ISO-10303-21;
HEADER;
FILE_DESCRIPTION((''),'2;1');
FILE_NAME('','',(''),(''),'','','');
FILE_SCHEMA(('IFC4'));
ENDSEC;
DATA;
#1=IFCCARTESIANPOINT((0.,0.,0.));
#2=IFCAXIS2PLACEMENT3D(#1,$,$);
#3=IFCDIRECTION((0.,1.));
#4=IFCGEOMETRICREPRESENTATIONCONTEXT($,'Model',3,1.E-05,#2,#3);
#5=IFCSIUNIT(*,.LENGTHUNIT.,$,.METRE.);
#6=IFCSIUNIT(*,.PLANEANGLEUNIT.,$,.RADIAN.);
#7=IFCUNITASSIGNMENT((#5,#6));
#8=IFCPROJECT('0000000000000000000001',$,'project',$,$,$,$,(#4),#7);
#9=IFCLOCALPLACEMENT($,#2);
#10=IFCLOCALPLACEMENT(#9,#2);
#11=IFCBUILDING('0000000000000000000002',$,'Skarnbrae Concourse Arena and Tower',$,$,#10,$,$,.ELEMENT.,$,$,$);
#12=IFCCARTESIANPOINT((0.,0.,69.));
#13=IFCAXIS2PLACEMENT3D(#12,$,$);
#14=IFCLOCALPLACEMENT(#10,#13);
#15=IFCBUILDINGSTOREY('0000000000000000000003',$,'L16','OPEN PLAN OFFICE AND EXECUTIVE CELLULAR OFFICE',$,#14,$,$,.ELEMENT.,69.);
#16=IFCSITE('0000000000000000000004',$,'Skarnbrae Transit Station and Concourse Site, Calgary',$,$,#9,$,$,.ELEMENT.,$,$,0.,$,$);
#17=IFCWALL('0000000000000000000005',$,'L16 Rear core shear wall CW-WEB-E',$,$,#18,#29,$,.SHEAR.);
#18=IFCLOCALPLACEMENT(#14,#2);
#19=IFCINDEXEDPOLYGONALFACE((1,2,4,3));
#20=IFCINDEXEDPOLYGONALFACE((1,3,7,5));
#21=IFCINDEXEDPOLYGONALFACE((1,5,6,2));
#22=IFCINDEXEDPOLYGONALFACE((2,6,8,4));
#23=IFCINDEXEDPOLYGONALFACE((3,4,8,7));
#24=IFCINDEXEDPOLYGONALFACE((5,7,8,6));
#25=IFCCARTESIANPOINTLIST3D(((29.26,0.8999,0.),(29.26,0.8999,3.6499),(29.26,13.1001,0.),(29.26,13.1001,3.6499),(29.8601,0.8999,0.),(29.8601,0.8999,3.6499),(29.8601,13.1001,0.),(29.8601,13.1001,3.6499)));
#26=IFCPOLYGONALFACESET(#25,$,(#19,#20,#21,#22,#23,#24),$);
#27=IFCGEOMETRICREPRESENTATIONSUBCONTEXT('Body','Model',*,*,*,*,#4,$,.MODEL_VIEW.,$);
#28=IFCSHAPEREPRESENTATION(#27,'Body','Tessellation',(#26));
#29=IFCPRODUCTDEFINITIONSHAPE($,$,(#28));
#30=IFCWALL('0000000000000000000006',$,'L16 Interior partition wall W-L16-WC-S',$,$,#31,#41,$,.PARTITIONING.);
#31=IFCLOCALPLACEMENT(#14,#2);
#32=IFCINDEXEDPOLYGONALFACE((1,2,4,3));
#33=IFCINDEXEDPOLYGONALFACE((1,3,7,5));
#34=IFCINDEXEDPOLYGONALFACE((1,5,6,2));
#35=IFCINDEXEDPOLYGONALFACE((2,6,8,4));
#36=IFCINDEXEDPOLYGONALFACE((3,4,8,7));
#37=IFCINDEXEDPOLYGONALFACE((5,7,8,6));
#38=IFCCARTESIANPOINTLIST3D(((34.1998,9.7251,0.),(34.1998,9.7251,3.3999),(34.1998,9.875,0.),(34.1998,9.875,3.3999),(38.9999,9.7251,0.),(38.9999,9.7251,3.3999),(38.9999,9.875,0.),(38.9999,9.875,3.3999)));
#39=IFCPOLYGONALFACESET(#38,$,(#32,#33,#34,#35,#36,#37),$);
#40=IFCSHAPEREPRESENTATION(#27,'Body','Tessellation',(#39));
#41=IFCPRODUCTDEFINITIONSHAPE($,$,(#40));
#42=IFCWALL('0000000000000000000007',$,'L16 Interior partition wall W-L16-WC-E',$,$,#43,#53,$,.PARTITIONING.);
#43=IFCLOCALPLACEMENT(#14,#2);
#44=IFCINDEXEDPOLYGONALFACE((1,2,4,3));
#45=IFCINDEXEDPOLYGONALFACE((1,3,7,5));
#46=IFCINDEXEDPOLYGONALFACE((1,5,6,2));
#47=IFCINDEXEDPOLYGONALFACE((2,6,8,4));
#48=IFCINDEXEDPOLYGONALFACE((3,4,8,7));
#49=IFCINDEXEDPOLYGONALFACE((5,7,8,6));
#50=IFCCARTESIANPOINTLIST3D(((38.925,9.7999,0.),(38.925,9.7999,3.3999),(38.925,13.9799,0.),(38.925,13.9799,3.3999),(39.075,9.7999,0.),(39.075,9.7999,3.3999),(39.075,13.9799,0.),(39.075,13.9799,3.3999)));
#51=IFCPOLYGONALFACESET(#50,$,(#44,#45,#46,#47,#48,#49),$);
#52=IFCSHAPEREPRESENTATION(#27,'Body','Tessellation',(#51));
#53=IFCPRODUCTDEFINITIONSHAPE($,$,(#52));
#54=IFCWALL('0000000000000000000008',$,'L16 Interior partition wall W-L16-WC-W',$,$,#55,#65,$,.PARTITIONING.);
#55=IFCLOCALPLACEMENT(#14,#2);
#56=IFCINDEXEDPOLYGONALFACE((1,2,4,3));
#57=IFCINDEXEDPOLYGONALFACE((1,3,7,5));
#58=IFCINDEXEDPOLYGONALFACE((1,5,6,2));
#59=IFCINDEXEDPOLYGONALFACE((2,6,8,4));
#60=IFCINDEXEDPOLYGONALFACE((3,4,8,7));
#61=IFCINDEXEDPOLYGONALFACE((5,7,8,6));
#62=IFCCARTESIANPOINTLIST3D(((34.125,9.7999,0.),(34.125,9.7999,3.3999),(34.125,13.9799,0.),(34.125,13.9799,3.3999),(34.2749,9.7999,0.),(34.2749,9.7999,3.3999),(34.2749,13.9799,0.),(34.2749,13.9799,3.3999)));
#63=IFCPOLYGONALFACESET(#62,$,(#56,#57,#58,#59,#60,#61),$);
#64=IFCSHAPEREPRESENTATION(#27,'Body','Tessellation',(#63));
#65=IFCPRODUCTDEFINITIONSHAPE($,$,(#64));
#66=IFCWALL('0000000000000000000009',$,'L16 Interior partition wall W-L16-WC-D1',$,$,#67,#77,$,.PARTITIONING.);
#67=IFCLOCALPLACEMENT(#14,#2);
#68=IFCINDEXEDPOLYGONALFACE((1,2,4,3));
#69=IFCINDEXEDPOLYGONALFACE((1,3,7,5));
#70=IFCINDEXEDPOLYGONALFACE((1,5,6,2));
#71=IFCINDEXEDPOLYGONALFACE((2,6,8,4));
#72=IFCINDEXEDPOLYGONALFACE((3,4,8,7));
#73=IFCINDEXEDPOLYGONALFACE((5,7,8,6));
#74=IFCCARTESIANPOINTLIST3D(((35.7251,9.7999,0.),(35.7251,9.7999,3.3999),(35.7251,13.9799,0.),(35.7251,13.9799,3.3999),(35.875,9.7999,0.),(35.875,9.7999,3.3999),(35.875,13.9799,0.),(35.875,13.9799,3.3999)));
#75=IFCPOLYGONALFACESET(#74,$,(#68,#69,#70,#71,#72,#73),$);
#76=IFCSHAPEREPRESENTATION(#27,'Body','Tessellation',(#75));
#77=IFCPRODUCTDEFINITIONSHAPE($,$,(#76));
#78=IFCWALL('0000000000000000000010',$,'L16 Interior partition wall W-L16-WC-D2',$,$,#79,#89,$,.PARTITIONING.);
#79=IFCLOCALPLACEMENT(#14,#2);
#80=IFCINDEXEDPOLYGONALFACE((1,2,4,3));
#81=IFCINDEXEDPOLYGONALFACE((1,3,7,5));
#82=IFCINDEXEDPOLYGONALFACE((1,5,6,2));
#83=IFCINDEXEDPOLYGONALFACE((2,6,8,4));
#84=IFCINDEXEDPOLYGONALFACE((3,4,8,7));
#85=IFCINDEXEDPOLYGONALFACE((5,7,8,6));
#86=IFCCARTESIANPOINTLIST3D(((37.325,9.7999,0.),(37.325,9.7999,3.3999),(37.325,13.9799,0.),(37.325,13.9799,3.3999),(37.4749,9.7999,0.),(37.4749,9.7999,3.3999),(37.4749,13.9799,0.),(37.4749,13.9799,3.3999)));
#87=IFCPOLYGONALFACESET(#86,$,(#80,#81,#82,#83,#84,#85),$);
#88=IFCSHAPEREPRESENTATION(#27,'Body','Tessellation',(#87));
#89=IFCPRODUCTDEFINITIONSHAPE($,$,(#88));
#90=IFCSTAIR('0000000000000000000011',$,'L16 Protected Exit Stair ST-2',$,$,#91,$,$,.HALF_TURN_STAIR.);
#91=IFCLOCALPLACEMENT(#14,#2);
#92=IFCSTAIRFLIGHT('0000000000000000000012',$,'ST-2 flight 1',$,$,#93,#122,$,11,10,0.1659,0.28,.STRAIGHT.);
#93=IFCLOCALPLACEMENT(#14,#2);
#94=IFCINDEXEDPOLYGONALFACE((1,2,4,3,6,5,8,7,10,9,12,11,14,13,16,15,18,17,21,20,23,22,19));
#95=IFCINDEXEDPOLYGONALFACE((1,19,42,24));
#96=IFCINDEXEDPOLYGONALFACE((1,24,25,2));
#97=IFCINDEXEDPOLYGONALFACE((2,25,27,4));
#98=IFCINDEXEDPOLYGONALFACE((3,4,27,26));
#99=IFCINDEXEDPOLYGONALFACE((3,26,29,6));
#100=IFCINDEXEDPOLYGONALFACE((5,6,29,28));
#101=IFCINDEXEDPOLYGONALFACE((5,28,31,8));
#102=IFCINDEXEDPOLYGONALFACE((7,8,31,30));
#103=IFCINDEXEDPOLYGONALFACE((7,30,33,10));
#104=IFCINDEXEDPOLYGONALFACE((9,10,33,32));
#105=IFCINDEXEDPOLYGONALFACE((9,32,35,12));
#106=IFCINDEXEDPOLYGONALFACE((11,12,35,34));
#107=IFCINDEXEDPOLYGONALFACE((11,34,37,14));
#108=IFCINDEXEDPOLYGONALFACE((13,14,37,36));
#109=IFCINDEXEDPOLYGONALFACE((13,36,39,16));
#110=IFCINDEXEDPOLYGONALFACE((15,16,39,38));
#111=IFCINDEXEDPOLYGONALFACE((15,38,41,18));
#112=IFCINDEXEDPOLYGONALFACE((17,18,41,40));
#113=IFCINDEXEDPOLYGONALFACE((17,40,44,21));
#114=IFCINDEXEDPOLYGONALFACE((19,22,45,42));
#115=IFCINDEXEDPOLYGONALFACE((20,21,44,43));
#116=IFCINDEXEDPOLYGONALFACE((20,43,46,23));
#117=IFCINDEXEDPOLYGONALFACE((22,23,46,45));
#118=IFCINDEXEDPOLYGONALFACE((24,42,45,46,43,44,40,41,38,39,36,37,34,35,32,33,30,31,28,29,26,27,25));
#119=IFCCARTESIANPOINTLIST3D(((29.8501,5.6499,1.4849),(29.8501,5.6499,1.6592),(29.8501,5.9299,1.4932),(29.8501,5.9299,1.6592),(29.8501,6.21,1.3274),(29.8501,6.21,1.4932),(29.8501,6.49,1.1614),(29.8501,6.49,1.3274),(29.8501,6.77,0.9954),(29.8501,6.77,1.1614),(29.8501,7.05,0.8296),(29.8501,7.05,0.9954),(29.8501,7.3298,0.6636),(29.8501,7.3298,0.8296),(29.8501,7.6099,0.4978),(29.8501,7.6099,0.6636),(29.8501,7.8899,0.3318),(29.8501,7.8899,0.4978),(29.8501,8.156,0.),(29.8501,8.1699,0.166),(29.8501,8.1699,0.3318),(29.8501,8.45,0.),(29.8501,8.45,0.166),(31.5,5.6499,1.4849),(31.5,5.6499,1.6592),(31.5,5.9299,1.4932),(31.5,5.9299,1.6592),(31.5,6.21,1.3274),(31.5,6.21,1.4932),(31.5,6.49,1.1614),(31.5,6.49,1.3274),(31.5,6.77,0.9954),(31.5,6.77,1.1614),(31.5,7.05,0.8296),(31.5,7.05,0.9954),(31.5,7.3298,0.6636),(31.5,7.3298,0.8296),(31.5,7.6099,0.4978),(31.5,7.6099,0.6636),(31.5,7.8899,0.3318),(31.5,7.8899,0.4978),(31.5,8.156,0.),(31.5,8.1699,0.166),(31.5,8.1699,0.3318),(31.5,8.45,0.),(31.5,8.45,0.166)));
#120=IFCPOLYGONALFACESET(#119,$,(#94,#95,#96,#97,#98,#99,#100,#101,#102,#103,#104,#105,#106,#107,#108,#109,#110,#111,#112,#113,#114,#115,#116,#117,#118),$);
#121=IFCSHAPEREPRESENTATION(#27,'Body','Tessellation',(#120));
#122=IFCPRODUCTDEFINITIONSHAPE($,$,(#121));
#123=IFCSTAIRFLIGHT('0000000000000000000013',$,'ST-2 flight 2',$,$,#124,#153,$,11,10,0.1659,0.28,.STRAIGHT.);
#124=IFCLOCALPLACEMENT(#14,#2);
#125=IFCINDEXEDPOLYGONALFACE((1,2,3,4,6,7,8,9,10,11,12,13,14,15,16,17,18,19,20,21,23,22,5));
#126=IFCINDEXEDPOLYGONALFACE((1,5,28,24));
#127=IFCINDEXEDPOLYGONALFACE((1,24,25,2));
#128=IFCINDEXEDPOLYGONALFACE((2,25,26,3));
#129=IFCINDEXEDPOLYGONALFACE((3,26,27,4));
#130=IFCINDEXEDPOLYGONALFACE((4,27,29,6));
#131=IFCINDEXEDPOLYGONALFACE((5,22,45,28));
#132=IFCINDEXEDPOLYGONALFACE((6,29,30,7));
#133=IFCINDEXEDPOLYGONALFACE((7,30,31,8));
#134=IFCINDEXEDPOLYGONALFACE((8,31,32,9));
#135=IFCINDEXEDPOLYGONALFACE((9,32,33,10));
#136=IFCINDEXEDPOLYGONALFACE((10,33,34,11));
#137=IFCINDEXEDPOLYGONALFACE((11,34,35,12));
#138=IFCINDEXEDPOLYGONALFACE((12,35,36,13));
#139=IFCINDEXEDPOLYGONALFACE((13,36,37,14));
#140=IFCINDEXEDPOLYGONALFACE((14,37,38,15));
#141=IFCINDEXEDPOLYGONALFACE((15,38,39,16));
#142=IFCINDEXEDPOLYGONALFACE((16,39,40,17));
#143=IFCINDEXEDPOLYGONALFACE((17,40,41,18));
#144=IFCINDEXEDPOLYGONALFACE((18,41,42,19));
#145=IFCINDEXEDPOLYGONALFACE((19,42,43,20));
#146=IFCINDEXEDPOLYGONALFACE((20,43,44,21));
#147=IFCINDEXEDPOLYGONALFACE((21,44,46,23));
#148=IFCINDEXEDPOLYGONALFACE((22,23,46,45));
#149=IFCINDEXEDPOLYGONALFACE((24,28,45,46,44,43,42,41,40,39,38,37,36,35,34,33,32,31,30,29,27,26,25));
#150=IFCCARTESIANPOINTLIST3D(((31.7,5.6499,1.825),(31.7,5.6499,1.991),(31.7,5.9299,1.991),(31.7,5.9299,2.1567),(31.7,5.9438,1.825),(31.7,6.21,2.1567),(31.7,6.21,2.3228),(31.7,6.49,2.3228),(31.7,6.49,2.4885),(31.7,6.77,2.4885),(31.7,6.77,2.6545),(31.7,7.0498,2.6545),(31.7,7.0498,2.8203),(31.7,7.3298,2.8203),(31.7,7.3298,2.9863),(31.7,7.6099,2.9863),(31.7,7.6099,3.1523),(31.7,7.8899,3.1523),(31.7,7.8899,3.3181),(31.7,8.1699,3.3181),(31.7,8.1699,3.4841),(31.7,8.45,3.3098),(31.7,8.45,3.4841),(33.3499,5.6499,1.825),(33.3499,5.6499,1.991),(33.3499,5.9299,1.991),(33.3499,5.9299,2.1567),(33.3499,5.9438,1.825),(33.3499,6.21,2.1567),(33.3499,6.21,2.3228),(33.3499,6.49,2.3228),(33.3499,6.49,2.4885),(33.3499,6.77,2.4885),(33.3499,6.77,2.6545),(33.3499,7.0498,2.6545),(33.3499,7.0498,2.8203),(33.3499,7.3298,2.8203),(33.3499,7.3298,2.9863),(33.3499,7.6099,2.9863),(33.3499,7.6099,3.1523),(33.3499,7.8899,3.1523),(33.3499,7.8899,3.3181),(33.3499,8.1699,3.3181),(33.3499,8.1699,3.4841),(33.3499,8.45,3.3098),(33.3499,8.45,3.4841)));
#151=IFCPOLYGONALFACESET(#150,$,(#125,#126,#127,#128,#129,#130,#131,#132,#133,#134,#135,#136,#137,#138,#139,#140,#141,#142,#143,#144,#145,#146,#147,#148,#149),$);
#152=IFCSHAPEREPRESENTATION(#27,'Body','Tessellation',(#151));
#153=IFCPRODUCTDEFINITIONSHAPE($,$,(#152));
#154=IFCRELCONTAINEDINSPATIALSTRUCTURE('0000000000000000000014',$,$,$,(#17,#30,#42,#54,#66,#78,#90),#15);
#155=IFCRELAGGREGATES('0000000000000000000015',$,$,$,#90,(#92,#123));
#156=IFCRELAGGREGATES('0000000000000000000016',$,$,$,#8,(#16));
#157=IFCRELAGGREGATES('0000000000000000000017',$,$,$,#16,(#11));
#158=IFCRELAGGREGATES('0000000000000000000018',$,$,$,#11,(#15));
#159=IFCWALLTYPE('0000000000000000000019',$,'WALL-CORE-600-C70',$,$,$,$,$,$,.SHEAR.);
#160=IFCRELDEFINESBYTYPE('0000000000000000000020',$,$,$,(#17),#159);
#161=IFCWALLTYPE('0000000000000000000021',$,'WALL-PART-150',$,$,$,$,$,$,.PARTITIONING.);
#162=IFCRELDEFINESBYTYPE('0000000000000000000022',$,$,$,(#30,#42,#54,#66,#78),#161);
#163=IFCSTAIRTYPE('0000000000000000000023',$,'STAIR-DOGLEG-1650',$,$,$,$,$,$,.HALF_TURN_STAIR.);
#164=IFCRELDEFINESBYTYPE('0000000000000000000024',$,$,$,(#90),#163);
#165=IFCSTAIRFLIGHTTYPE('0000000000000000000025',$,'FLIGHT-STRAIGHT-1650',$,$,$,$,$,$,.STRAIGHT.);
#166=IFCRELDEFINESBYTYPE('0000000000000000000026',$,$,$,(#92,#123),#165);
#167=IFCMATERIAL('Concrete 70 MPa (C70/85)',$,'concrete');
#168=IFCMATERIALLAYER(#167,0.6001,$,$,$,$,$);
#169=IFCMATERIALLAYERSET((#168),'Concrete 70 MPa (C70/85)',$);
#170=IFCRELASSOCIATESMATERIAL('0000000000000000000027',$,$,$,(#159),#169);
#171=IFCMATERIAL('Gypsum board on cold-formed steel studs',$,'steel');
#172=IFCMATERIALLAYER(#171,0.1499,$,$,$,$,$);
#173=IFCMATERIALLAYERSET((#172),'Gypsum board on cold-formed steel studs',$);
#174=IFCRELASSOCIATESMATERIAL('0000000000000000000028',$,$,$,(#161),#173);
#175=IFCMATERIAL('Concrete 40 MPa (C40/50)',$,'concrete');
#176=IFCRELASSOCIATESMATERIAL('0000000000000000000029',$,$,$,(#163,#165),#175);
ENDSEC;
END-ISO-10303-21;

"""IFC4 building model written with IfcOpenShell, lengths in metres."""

from ifc_helpers import new_model, si_unit, direction, frame, frame_2d, origin, place, context, subcontext, project, spatial, polyline, rectangle, outline, extrude, source, transform, mapped, material, layer, layer_set, type_object, element, aggregate, save


model = new_model("IFC4")

# Units and contexts
model_context = context("Model", 3, precision=1e-05, world=origin(), true_north=direction((0.0, 1.0)))
body_context = subcontext(model_context, "Body", "Model", "MODEL_VIEW")
ifc_project = project(units=[si_unit("LENGTHUNIT", "METRE"), si_unit("PLANEANGLEUNIT", "RADIAN")], contexts=[model_context])

# Site, building, storey
site_placement = place(None, origin())
site = spatial("IfcSite", under=ifc_project, at=site_placement, Name="Skarnbrae Transit Station and Concourse Site, Calgary", CompositionType="ELEMENT", RefElevation=0.0)
building_placement = place(site_placement, origin())
building = spatial("IfcBuilding", under=site, at=building_placement, Name="Skarnbrae Concourse Arena and Tower", CompositionType="ELEMENT")
storey_placement = place(building_placement, frame((0.0, 0.0, 69.0)))
storey = spatial("IfcBuildingStorey", under=building, at=storey_placement, Name="L16", Description="OPEN PLAN OFFICE AND EXECUTIVE CELLULAR OFFICE", CompositionType="ELEMENT", Elevation=69.0)

# Wall
ifc_material_1 = material(Name="Concrete 70 MPa (C70/85)", Category="concrete")
ifc_layer_1 = layer(ifc_material_1, 0.6001)
ifc_layer_set_1 = layer_set([ifc_layer_1], Name="Concrete 70 MPa (C70/85)")
wall_type_1 = type_object("IfcWallType", Name="WALL-CORE-600-C70", PredefinedType="SHEAR", material=ifc_layer_set_1)
shared_shape_1 = source(origin(), body_context, "Body", "SweptSolid", [
    extrude(rectangle(XDim=12.2002, YDim=0.6001, at=frame_2d((6.1001, 0.0))), origin(), (0.0, 0.0, 1.0), 3.6499),
])
wall_1_placement = place(storey_placement, frame((29.5601, 0.8999, 0.0), z_axis=(0.0, 0.0, 1.0), x_axis=(0.0, 1.0, 0.0)))
element("IfcWall", 1, at=wall_1_placement, inside=storey, type_object=wall_type_1, Name="L16 Rear core shear wall CW-WEB-E", PredefinedType="SHEAR", context=body_context, shape_type="MappedRepresentation", body=[
    mapped(shared_shape_1, transform((0.0, 0.0, 0.0))),
])

# Walls
ifc_material_2 = material(Name="Gypsum board on cold-formed steel studs", Category="steel")
ifc_layer_2 = layer(ifc_material_2, 0.1499)
ifc_layer_set_2 = layer_set([ifc_layer_2], Name="Gypsum board on cold-formed steel studs")
wall_type_2 = type_object("IfcWallType", Name="WALL-PART-150", PredefinedType="PARTITIONING", material=ifc_layer_set_2)
shared_shape_2 = source(origin(), body_context, "Body", "SweptSolid", [
    extrude(rectangle(XDim=4.8, YDim=0.1499, at=frame_2d((2.3999, 0.0))), origin(), (0.0, 0.0, 1.0), 3.3999),
])
wall_2_placement = place(storey_placement, frame((34.2, 9.8, 0.0), z_axis=(0.0, 0.0, 1.0), x_axis=(1.0, 0.0, 0.0)))
element("IfcWall", 2, at=wall_2_placement, inside=storey, type_object=wall_type_2, Name="L16 Interior partition wall W-L16-WC-S", PredefinedType="PARTITIONING", context=body_context, shape_type="MappedRepresentation", body=[
    mapped(shared_shape_2, transform((0.0, 0.0, 0.0))),
])
shared_shape_3 = source(origin(), body_context, "Body", "SweptSolid", [
    extrude(rectangle(XDim=4.1799, YDim=0.1499, at=frame_2d((2.0898, 0.0))), origin(), (0.0, 0.0, 1.0), 3.3999),
])
for number, where, z_axis, x_axis, name in (
    (3, (39.0, 9.8, 0.0), (0.0, 0.0, 1.0), (0.0, 1.0, 0.0), "L16 Interior partition wall W-L16-WC-E"),
    (4, (34.2, 9.8, 0.0), (0.0, 0.0, 1.0), (0.0, 1.0, 0.0), "L16 Interior partition wall W-L16-WC-W"),
    (5, (35.8, 9.8, 0.0), (0.0, 0.0, 1.0), (0.0, 1.0, 0.0), "L16 Interior partition wall W-L16-WC-D1"),
    (6, (37.3999, 9.8, 0.0), (0.0, 0.0, 1.0), (0.0, 1.0, 0.0), "L16 Interior partition wall W-L16-WC-D2"),
):
    element("IfcWall", number, at=place(storey_placement, frame(where, z_axis=z_axis, x_axis=x_axis)), inside=storey, type_object=wall_type_2, Name=name, PredefinedType="PARTITIONING", context=body_context, shape_type="MappedRepresentation", body=[
        mapped(shared_shape_3, transform((0.0, 0.0, 0.0))),
    ])

# Stair, stair flights
ifc_material_3 = material(Name="Concrete 40 MPa (C40/50)", Category="concrete")
stair_type = type_object("IfcStairType", Name="STAIR-DOGLEG-1650", PredefinedType="HALF_TURN_STAIR", material=ifc_material_3)
stair_placement = place(storey_placement, origin())
stair = element("IfcStair", 7, at=stair_placement, inside=storey, type_object=stair_type, Name="L16 Protected Exit Stair ST-2", PredefinedType="HALF_TURN_STAIR")
stair_flight_type = type_object("IfcStairFlightType", Name="FLIGHT-STRAIGHT-1650", PredefinedType="STRAIGHT", material=ifc_material_3)
shared_shape_4 = source(origin(), body_context, "Body", "SweptSolid", [
    extrude(outline(polyline([(0.0, 0.0), (0.0, 0.166), (0.28, 0.166), (0.28, 0.3318), (0.5601, 0.3318), (0.5601, 0.4978), (0.8401, 0.4978), (0.8401, 0.6636), (1.1201, 0.6636), (1.1201, 0.8296), (1.3999, 0.8296), (1.3999, 0.9954), (1.6799, 0.9954), (1.6799, 1.1614), (1.96, 1.1614), (1.96, 1.3274), (2.24, 1.3274), (2.24, 1.4932), (2.52, 1.4932), (2.52, 1.6592), (2.8, 1.6592), (2.8, 1.825), (2.8, 1.4849), (0.2939, 0.0), (0.0, 0.0)])), frame((0.0, 0.825, 0.0), z_axis=(0.0, -1.0, 0.0), x_axis=(1.0, 0.0, 0.0)), (0.0, 0.0, 1.0), 1.6499),
])
stair_flight_1_placement = place(storey_placement, frame((30.675, 8.45, 0.0), z_axis=(0.0, 0.0, 1.0), x_axis=(0.0, -1.0, 0.0)))
stair_flight_1 = element("IfcStairFlight", 8, at=stair_flight_1_placement, type_object=stair_flight_type, Name="ST-2 flight 1", NumberOfRisers=11, NumberOfTreads=10, PredefinedType="STRAIGHT", RiserHeight=0.1659, TreadLength=0.28, context=body_context, shape_type="MappedRepresentation", body=[
    mapped(shared_shape_4, transform((0.0, 0.0, 0.0))),
])
stair_flight_2_placement = place(storey_placement, frame((32.5249, 5.6499, 1.825), z_axis=(0.0, 0.0, 1.0), x_axis=(0.0, 1.0, 0.0)))
stair_flight_2 = element("IfcStairFlight", 9, at=stair_flight_2_placement, type_object=stair_flight_type, Name="ST-2 flight 2", NumberOfRisers=11, NumberOfTreads=10, PredefinedType="STRAIGHT", RiserHeight=0.1659, TreadLength=0.28, context=body_context, shape_type="MappedRepresentation", body=[
    mapped(shared_shape_4, transform((0.0, 0.0, 0.0))),
])
aggregate(stair, [stair_flight_1, stair_flight_2])

save(model, "model.ifc")
